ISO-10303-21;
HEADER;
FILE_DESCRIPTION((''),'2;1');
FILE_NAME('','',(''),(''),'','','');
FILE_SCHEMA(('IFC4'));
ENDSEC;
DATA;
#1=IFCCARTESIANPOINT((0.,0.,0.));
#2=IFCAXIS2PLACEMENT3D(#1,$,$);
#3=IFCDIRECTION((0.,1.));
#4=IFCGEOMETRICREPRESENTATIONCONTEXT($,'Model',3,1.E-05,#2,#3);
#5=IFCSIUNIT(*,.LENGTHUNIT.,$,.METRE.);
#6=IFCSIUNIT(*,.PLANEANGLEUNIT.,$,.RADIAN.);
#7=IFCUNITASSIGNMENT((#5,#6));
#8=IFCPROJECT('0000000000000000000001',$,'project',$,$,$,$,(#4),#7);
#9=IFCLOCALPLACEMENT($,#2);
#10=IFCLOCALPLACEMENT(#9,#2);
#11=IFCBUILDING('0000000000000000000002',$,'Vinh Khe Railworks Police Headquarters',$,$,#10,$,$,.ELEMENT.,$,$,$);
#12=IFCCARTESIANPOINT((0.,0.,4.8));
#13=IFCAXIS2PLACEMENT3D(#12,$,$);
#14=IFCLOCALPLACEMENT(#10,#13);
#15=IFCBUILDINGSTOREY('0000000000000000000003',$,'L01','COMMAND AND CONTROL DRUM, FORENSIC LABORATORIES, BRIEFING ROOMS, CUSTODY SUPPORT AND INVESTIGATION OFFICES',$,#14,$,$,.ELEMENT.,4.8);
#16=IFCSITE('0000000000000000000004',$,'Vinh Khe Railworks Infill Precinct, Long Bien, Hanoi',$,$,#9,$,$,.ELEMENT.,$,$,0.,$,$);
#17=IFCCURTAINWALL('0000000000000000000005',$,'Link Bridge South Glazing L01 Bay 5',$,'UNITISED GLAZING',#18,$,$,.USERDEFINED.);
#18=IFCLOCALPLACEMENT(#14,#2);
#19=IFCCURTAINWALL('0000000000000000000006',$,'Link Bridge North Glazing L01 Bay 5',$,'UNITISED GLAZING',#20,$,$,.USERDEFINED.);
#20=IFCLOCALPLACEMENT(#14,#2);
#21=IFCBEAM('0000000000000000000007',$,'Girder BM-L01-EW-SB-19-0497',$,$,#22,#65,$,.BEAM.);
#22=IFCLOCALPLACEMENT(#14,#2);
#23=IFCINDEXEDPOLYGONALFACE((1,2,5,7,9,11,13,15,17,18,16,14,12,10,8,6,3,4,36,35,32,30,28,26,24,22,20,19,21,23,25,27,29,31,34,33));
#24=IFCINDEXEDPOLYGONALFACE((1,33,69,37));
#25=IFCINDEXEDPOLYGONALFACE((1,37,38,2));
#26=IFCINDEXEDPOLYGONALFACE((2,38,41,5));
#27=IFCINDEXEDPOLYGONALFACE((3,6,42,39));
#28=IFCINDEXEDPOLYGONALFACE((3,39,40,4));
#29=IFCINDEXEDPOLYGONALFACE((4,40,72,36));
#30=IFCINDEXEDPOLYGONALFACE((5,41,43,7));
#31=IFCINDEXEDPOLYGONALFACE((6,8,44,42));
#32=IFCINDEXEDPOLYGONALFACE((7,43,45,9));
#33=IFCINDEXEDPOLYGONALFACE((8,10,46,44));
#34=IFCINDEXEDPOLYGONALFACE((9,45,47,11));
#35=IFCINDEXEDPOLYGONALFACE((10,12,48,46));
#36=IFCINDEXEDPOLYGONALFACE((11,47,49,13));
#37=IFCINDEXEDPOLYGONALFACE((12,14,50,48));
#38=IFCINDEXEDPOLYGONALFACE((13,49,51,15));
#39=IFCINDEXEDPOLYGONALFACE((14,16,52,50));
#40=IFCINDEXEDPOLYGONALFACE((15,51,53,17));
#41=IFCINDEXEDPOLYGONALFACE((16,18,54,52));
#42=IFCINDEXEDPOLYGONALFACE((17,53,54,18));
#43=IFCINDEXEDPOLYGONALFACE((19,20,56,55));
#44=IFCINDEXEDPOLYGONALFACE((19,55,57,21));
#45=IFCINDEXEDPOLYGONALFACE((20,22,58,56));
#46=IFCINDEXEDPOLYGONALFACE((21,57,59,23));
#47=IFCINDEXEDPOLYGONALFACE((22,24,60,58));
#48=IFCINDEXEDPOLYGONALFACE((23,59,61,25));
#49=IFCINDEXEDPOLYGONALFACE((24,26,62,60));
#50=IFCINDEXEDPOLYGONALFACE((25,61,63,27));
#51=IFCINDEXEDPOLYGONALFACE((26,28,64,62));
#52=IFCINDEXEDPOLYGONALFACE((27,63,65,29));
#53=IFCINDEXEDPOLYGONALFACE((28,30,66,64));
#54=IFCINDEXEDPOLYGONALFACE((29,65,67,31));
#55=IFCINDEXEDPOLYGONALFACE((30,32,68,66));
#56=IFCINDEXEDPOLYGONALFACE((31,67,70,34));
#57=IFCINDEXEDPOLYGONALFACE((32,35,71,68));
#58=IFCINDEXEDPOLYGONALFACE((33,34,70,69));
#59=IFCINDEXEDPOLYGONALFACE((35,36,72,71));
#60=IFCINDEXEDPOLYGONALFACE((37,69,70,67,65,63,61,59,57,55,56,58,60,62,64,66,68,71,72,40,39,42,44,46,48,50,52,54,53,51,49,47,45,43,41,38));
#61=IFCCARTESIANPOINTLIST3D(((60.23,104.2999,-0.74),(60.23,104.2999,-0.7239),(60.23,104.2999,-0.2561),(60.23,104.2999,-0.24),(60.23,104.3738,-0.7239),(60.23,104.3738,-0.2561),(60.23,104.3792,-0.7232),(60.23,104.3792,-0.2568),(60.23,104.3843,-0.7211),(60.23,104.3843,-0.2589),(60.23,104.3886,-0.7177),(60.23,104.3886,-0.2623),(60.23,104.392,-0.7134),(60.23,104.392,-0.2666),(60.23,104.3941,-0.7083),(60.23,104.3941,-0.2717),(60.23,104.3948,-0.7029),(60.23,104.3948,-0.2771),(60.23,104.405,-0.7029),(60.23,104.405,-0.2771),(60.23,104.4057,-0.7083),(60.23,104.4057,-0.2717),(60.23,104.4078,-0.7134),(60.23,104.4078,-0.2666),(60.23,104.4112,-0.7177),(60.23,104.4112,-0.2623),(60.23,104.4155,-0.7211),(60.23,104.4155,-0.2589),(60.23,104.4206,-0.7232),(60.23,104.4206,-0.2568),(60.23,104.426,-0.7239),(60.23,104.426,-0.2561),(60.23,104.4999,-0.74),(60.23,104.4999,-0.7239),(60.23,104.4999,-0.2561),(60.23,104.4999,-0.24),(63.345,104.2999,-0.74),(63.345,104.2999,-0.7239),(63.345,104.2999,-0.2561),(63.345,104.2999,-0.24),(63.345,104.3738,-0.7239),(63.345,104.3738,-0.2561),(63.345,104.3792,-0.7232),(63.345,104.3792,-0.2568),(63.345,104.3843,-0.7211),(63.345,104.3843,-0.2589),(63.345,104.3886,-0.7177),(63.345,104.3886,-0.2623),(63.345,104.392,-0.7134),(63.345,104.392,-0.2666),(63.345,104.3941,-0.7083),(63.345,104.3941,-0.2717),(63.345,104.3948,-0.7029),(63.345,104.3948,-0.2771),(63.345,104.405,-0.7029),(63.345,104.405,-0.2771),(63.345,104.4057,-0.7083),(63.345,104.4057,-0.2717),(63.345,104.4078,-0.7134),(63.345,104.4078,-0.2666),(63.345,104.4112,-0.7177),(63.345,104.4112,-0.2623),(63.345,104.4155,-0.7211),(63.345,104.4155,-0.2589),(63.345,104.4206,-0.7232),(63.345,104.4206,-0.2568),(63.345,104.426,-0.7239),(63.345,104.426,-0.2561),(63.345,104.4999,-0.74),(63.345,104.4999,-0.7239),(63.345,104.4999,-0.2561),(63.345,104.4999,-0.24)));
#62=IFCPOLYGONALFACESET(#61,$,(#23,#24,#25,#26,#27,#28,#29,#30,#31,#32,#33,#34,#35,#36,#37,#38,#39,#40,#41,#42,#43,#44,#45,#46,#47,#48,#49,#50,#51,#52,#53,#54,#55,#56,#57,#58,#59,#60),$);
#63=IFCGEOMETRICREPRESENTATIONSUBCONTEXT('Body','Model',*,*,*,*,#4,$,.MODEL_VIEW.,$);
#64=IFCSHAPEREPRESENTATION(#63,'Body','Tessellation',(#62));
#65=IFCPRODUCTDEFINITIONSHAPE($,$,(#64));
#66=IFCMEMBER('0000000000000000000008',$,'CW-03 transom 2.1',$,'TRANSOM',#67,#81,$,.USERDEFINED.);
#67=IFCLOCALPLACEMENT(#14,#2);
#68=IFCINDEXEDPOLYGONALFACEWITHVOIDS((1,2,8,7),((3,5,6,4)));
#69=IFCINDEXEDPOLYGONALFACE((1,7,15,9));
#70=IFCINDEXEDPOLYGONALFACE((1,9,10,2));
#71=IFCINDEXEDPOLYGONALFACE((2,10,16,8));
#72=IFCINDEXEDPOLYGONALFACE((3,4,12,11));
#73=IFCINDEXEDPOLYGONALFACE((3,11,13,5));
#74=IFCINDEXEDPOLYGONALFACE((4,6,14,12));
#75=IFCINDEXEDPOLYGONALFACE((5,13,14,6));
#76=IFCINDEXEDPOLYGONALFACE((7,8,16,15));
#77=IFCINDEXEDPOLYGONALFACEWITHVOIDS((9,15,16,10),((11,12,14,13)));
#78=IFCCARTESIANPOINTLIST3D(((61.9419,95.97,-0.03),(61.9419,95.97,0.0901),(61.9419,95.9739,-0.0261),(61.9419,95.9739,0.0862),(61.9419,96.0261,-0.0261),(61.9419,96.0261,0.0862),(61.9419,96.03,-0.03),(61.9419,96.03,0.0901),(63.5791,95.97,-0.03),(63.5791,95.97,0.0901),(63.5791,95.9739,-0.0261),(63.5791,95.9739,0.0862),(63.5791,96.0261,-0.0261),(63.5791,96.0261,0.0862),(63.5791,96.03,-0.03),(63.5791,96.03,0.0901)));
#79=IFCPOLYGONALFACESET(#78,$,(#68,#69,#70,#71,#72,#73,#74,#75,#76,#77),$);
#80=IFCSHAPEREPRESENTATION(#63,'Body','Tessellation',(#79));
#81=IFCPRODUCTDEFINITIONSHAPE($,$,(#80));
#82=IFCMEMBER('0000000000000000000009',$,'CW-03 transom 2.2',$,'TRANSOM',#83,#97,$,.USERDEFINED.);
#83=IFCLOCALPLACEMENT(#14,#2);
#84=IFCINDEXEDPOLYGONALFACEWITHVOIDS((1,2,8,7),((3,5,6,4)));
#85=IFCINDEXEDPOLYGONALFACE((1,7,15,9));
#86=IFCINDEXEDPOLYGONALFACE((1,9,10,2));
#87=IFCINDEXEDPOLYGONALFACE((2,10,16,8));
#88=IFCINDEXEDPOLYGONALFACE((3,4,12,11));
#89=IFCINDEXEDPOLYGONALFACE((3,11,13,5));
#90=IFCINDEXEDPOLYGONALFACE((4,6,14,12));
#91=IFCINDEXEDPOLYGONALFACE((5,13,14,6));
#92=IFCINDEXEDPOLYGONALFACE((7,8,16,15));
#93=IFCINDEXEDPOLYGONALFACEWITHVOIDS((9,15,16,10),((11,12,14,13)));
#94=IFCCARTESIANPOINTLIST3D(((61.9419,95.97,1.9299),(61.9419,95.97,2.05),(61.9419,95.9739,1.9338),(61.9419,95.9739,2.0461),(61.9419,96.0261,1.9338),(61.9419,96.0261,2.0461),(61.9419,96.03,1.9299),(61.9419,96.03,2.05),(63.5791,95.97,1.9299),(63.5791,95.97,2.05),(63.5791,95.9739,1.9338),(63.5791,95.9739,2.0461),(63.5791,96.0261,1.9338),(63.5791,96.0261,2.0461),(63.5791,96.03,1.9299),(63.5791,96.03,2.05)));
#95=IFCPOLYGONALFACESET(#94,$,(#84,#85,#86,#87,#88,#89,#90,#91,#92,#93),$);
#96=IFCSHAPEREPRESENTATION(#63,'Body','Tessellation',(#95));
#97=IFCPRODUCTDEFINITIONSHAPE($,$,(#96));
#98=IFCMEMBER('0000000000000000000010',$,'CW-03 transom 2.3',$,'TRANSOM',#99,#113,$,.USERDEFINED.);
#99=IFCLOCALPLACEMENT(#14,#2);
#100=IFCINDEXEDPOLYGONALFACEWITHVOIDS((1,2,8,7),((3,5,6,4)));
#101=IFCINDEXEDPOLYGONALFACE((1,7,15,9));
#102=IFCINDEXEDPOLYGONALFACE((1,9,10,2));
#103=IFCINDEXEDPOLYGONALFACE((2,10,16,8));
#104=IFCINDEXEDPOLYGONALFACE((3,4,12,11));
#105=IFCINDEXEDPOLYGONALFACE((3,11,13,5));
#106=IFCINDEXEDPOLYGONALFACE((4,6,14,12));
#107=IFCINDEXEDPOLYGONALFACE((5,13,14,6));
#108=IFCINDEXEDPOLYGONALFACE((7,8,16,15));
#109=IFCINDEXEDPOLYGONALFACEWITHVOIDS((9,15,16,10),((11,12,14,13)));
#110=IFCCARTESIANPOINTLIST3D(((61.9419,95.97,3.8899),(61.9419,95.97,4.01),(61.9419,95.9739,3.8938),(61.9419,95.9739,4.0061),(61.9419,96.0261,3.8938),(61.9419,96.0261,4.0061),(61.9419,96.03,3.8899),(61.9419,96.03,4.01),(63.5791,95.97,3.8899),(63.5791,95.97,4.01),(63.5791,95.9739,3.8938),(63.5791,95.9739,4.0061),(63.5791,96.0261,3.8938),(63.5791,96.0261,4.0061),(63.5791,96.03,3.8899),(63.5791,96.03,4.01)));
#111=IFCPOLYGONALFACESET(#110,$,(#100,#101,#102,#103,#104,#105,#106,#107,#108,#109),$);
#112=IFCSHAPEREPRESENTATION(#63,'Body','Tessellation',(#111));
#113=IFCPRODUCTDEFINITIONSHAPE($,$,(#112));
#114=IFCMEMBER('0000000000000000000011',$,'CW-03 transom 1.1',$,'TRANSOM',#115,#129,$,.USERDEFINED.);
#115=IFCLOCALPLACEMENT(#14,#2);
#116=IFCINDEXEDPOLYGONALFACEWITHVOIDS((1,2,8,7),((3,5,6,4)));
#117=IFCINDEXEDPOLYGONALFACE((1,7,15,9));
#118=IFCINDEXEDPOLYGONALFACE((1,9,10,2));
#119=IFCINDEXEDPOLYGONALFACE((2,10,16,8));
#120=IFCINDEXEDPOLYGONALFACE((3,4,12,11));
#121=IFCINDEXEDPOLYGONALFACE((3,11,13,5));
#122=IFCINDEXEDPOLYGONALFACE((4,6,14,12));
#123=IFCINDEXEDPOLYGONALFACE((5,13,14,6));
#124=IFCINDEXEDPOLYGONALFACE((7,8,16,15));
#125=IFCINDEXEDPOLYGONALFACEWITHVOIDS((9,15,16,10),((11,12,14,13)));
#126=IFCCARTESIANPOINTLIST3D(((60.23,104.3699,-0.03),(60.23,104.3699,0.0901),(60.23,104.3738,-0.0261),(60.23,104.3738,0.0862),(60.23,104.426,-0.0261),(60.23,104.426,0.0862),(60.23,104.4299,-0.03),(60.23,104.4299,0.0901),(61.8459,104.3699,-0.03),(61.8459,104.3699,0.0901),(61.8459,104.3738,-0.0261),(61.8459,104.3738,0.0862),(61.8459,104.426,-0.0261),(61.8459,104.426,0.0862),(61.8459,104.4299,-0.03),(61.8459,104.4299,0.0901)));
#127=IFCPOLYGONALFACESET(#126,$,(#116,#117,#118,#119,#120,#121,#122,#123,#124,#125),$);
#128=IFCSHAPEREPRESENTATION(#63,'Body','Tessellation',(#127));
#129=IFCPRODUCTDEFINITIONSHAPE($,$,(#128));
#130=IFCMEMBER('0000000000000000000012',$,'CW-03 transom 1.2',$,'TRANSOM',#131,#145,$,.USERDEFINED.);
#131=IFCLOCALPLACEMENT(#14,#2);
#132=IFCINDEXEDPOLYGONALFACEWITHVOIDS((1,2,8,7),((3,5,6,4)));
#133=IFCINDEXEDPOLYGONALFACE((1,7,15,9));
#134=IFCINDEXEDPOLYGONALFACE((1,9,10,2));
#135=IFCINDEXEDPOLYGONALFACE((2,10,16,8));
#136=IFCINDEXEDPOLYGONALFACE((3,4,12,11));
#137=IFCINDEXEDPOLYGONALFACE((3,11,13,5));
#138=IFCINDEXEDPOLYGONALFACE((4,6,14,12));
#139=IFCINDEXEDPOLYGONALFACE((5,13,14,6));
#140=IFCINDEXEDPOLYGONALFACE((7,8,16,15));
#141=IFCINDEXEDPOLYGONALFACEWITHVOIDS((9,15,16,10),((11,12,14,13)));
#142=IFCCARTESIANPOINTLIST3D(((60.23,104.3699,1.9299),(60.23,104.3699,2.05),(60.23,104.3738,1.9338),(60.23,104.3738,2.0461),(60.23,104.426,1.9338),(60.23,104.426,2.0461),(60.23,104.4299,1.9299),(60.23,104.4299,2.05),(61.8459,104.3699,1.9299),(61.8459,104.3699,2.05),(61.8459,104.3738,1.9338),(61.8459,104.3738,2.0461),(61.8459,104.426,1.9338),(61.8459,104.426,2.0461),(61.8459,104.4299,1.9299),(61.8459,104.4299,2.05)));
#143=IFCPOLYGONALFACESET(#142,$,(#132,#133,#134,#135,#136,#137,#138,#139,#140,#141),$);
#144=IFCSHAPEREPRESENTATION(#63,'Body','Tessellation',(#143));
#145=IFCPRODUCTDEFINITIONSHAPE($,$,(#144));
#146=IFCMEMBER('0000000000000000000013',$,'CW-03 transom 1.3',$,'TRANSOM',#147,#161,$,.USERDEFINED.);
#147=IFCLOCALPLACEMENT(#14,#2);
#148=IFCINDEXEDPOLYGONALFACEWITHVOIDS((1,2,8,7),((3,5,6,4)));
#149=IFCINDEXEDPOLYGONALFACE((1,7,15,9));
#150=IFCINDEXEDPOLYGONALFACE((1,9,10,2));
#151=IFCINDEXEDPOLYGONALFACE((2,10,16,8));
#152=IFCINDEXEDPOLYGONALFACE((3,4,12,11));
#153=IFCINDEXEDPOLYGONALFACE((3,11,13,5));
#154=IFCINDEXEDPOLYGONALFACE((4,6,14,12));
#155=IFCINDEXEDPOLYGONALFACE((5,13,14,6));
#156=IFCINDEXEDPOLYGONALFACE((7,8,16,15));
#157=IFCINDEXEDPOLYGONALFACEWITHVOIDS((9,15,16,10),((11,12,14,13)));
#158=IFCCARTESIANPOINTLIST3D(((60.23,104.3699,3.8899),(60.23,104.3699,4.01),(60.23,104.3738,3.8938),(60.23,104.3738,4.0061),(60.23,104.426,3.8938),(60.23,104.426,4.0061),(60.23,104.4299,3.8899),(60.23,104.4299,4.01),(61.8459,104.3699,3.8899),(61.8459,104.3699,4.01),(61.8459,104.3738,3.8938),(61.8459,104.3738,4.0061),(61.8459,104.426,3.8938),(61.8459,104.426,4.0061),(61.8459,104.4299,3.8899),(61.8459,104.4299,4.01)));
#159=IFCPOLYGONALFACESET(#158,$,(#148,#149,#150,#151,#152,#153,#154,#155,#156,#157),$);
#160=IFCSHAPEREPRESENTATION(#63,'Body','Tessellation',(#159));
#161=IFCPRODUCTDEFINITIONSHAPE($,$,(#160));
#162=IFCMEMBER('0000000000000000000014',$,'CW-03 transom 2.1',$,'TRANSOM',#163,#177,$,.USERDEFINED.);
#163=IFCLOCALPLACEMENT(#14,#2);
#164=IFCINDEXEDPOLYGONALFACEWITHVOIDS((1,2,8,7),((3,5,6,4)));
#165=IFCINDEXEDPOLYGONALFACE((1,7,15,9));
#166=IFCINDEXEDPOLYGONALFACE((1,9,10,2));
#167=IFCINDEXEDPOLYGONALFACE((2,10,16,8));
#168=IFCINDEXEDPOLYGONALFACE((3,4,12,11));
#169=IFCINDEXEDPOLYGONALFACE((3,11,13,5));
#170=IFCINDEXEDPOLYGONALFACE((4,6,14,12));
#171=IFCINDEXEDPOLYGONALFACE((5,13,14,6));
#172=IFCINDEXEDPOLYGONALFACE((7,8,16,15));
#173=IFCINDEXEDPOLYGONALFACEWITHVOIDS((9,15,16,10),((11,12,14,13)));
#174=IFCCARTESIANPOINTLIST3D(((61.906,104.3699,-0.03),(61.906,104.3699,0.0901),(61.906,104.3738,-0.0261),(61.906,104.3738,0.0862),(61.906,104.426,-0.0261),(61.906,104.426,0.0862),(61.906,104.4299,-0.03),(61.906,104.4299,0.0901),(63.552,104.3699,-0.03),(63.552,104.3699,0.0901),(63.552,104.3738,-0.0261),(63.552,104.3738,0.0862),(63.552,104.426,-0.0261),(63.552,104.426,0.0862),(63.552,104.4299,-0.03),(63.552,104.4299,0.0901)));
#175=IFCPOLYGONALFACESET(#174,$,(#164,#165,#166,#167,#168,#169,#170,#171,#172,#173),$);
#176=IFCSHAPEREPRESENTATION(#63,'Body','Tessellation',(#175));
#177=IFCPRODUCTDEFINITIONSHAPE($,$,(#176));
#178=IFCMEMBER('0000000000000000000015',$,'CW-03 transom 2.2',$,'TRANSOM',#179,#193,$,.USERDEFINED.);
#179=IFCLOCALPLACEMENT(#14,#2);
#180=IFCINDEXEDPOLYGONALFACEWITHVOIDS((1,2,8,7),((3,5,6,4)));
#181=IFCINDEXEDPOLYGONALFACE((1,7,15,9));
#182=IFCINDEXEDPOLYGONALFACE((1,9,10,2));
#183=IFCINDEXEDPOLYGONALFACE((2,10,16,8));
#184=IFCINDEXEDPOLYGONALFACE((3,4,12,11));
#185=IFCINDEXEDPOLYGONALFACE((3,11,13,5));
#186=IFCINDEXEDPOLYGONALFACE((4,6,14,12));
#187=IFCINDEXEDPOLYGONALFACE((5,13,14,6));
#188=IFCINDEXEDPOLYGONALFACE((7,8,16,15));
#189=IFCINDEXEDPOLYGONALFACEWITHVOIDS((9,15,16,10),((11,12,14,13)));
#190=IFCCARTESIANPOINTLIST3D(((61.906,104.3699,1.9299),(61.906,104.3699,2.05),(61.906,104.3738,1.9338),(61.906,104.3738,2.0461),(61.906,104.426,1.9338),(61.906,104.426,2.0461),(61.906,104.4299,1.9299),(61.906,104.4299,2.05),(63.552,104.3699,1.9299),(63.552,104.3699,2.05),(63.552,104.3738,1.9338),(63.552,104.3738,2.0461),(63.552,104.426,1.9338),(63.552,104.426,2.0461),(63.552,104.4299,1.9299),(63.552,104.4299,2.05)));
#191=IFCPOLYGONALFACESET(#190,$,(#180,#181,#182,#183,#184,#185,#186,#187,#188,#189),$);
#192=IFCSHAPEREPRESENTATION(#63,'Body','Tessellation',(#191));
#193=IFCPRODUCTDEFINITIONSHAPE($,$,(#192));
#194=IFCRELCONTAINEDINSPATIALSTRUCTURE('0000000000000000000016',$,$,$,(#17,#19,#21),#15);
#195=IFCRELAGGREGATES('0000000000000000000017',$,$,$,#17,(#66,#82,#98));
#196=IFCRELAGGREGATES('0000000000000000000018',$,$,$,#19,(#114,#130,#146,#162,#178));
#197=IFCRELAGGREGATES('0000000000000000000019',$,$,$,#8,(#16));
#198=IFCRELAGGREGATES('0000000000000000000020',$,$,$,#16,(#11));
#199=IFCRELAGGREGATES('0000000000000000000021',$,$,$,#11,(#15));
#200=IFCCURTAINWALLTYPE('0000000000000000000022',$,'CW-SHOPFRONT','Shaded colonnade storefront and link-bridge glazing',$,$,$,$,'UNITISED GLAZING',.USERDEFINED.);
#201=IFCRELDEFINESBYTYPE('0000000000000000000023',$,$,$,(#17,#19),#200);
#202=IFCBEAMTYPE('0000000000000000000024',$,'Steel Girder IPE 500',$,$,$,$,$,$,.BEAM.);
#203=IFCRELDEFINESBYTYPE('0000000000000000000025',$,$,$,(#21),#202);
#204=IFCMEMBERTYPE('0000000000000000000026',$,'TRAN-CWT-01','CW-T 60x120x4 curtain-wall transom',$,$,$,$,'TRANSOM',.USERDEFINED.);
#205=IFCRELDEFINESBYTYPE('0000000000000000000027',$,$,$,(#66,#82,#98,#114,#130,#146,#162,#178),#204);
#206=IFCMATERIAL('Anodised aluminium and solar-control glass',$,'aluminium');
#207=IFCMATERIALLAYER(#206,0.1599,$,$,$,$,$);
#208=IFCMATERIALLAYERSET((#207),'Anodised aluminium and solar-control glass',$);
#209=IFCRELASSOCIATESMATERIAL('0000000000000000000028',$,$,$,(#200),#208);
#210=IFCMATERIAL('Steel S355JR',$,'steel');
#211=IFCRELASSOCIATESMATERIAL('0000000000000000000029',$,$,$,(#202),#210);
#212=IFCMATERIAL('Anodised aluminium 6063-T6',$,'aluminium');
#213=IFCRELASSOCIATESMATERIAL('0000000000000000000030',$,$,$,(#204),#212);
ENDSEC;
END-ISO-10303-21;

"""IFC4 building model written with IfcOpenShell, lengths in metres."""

from ifc_helpers import new_model, si_unit, direction, frame, origin, origin_2d, place, context, subcontext, project, spatial, hollow_rectangle, i_section, extrude, material, layer, layer_set, material_profile, profile_set, type_object, element, aggregate, save


model = new_model("IFC4")

# Units and contexts
model_context = context("Model", 3, precision=1e-05, world=origin(), true_north=direction((0.0, 1.0)))
body_context = subcontext(model_context, "Body", "Model", "MODEL_VIEW")
ifc_project = project(units=[si_unit("LENGTHUNIT", "METRE"), si_unit("PLANEANGLEUNIT", "RADIAN")], contexts=[model_context])

# Site, building, storey
site_placement = place(None, origin())
site = spatial("IfcSite", under=ifc_project, at=site_placement, Name="Vinh Khe Railworks Infill Precinct, Long Bien, Hanoi", CompositionType="ELEMENT", RefElevation=0.0)
building_placement = place(site_placement, origin())
building = spatial("IfcBuilding", under=site, at=building_placement, Name="Vinh Khe Railworks Police Headquarters", CompositionType="ELEMENT")
storey_placement = place(building_placement, frame((0.0, 0.0, 4.8)))
storey = spatial("IfcBuildingStorey", under=building, at=storey_placement, Name="L01", Description="COMMAND AND CONTROL DRUM, FORENSIC LABORATORIES, BRIEFING ROOMS, CUSTODY SUPPORT AND INVESTIGATION OFFICES", CompositionType="ELEMENT", Elevation=4.8)

# Shared definitions
ifc_material_1 = material(Name="Steel S355JR", Category="steel")

# Curtain wall
ifc_material_2 = material(Name="Anodised aluminium and solar-control glass", Category="aluminium")
ifc_layer_1 = layer(ifc_material_2, 0.1599)
ifc_layer_set_1 = layer_set([ifc_layer_1], Name="Anodised aluminium and solar-control glass")
curtain_wall_type = type_object("IfcCurtainWallType", Name="CW-SHOPFRONT", Description="Shaded colonnade storefront and link-bridge glazing", ElementType="UNITISED GLAZING", PredefinedType="USERDEFINED", material=ifc_layer_set_1)
ifc_material_3 = material(Name="Anodised aluminium 6063-T6", Category="aluminium")
curtain_wall_1_placement = place(storey_placement, origin())
curtain_wall_1 = element("IfcCurtainWall", 1, at=curtain_wall_1_placement, inside=storey, type_object=curtain_wall_type, Name="Link Bridge South Glazing L01 Bay 5", ObjectType="UNITISED GLAZING", PredefinedType="USERDEFINED")

# Curtain wall
curtain_wall_2_placement = place(storey_placement, origin())
curtain_wall_2 = element("IfcCurtainWall", 2, at=curtain_wall_2_placement, inside=storey, type_object=curtain_wall_type, Name="Link Bridge North Glazing L01 Bay 5", ObjectType="UNITISED GLAZING", PredefinedType="USERDEFINED")

# Beam
ifc_material_profile_1 = material_profile(ifc_material_1, i_section(OverallWidth=0.2, OverallDepth=0.5, WebThickness=0.0103, FlangeThickness=0.0161, FilletRadius=0.021, at=origin_2d()), Name="IPE 500")
ifc_profile_set_1 = profile_set([ifc_material_profile_1], Name="Steel S355JR")
beam_type_1 = type_object("IfcBeamType", Name="Steel Girder IPE 500", PredefinedType="BEAM", material=ifc_profile_set_1)
beam_1_placement = place(storey_placement, frame((60.23, 104.3999, -0.49), z_axis=(1.0, 0.0, 0.0), x_axis=(0.0, 1.0, 0.0)))
element("IfcBeam", 3, at=beam_1_placement, inside=storey, type_object=beam_type_1, Name="Girder BM-L01-EW-SB-19-0497", PredefinedType="BEAM", context=body_context, shape_type="SweptSolid", body=[
    extrude(i_section(OverallWidth=0.2, OverallDepth=0.5, WebThickness=0.0103, FlangeThickness=0.0161, FilletRadius=0.021, at=origin_2d()), origin(), (0.0, 0.0, 1.0), 3.115),
])

# Members
ifc_material_profile_2 = material_profile(ifc_material_3, hollow_rectangle(XDim=0.0601, YDim=0.1201, WallThickness=0.0039, at=origin_2d()), Name="CW-T 60x120x4")
ifc_profile_set_2 = profile_set([ifc_material_profile_2], Name="Anodised aluminium 6063-T6")
member_type_1 = type_object("IfcMemberType", Name="TRAN-CWT-01", Description="CW-T 60x120x4 curtain-wall transom", ElementType="TRANSOM", PredefinedType="USERDEFINED", material=ifc_profile_set_2)
member_1_placement = place(storey_placement, frame((61.9419, 96.0, 0.03), z_axis=(1.0, 0.0, 0.0), x_axis=(0.0, 1.0, 0.0)))
member_1 = element("IfcMember", 4, at=member_1_placement, type_object=member_type_1, Name="CW-03 transom 2.1", ObjectType="TRANSOM", PredefinedType="USERDEFINED", context=body_context, shape_type="SweptSolid", body=[
    extrude(hollow_rectangle(XDim=0.0601, YDim=0.1201, WallThickness=0.0039, at=origin_2d()), origin(), (0.0, 0.0, 1.0), 1.6372),
])
member_2_placement = place(storey_placement, frame((61.9419, 96.0, 1.99), z_axis=(1.0, 0.0, 0.0), x_axis=(0.0, 1.0, 0.0)))
member_2 = element("IfcMember", 5, at=member_2_placement, type_object=member_type_1, Name="CW-03 transom 2.2", ObjectType="TRANSOM", PredefinedType="USERDEFINED", context=body_context, shape_type="SweptSolid", body=[
    extrude(hollow_rectangle(XDim=0.0601, YDim=0.1201, WallThickness=0.0039, at=origin_2d()), origin(), (0.0, 0.0, 1.0), 1.6372),
])
member_3_placement = place(storey_placement, frame((61.9419, 96.0, 3.95), z_axis=(1.0, 0.0, 0.0), x_axis=(0.0, 1.0, 0.0)))
member_3 = element("IfcMember", 6, at=member_3_placement, type_object=member_type_1, Name="CW-03 transom 2.3", ObjectType="TRANSOM", PredefinedType="USERDEFINED", context=body_context, shape_type="SweptSolid", body=[
    extrude(hollow_rectangle(XDim=0.0601, YDim=0.1201, WallThickness=0.0039, at=origin_2d()), origin(), (0.0, 0.0, 1.0), 1.6372),
])
member_4_placement = place(storey_placement, frame((60.23, 104.3999, 0.03), z_axis=(1.0, 0.0, 0.0), x_axis=(0.0, 1.0, 0.0)))
member_4 = element("IfcMember", 7, at=member_4_placement, type_object=member_type_1, Name="CW-03 transom 1.1", ObjectType="TRANSOM", PredefinedType="USERDEFINED", context=body_context, shape_type="SweptSolid", body=[
    extrude(hollow_rectangle(XDim=0.0601, YDim=0.1201, WallThickness=0.0039, at=origin_2d()), origin(), (0.0, 0.0, 1.0), 1.616),
])
member_5_placement = place(storey_placement, frame((60.23, 104.3999, 1.99), z_axis=(1.0, 0.0, 0.0), x_axis=(0.0, 1.0, 0.0)))
member_5 = element("IfcMember", 8, at=member_5_placement, type_object=member_type_1, Name="CW-03 transom 1.2", ObjectType="TRANSOM", PredefinedType="USERDEFINED", context=body_context, shape_type="SweptSolid", body=[
    extrude(hollow_rectangle(XDim=0.0601, YDim=0.1201, WallThickness=0.0039, at=origin_2d()), origin(), (0.0, 0.0, 1.0), 1.616),
])
member_6_placement = place(storey_placement, frame((60.23, 104.3999, 3.95), z_axis=(1.0, 0.0, 0.0), x_axis=(0.0, 1.0, 0.0)))
member_6 = element("IfcMember", 9, at=member_6_placement, type_object=member_type_1, Name="CW-03 transom 1.3", ObjectType="TRANSOM", PredefinedType="USERDEFINED", context=body_context, shape_type="SweptSolid", body=[
    extrude(hollow_rectangle(XDim=0.0601, YDim=0.1201, WallThickness=0.0039, at=origin_2d()), origin(), (0.0, 0.0, 1.0), 1.616),
])
member_7_placement = place(storey_placement, frame((61.906, 104.3999, 0.03), z_axis=(1.0, 0.0, 0.0), x_axis=(0.0, 1.0, 0.0)))
member_7 = element("IfcMember", 10, at=member_7_placement, type_object=member_type_1, Name="CW-03 transom 2.1", ObjectType="TRANSOM", PredefinedType="USERDEFINED", context=body_context, shape_type="SweptSolid", body=[
    extrude(hollow_rectangle(XDim=0.0601, YDim=0.1201, WallThickness=0.0039, at=origin_2d()), origin(), (0.0, 0.0, 1.0), 1.646),
])
member_8_placement = place(storey_placement, frame((61.906, 104.3999, 1.99), z_axis=(1.0, 0.0, 0.0), x_axis=(0.0, 1.0, 0.0)))
member_8 = element("IfcMember", 11, at=member_8_placement, type_object=member_type_1, Name="CW-03 transom 2.2", ObjectType="TRANSOM", PredefinedType="USERDEFINED", context=body_context, shape_type="SweptSolid", body=[
    extrude(hollow_rectangle(XDim=0.0601, YDim=0.1201, WallThickness=0.0039, at=origin_2d()), origin(), (0.0, 0.0, 1.0), 1.646),
])

aggregate(curtain_wall_1, [member_1, member_2, member_3])
aggregate(curtain_wall_2, [member_4, member_5, member_6, member_7, member_8])

save(model, "model.ifc")
